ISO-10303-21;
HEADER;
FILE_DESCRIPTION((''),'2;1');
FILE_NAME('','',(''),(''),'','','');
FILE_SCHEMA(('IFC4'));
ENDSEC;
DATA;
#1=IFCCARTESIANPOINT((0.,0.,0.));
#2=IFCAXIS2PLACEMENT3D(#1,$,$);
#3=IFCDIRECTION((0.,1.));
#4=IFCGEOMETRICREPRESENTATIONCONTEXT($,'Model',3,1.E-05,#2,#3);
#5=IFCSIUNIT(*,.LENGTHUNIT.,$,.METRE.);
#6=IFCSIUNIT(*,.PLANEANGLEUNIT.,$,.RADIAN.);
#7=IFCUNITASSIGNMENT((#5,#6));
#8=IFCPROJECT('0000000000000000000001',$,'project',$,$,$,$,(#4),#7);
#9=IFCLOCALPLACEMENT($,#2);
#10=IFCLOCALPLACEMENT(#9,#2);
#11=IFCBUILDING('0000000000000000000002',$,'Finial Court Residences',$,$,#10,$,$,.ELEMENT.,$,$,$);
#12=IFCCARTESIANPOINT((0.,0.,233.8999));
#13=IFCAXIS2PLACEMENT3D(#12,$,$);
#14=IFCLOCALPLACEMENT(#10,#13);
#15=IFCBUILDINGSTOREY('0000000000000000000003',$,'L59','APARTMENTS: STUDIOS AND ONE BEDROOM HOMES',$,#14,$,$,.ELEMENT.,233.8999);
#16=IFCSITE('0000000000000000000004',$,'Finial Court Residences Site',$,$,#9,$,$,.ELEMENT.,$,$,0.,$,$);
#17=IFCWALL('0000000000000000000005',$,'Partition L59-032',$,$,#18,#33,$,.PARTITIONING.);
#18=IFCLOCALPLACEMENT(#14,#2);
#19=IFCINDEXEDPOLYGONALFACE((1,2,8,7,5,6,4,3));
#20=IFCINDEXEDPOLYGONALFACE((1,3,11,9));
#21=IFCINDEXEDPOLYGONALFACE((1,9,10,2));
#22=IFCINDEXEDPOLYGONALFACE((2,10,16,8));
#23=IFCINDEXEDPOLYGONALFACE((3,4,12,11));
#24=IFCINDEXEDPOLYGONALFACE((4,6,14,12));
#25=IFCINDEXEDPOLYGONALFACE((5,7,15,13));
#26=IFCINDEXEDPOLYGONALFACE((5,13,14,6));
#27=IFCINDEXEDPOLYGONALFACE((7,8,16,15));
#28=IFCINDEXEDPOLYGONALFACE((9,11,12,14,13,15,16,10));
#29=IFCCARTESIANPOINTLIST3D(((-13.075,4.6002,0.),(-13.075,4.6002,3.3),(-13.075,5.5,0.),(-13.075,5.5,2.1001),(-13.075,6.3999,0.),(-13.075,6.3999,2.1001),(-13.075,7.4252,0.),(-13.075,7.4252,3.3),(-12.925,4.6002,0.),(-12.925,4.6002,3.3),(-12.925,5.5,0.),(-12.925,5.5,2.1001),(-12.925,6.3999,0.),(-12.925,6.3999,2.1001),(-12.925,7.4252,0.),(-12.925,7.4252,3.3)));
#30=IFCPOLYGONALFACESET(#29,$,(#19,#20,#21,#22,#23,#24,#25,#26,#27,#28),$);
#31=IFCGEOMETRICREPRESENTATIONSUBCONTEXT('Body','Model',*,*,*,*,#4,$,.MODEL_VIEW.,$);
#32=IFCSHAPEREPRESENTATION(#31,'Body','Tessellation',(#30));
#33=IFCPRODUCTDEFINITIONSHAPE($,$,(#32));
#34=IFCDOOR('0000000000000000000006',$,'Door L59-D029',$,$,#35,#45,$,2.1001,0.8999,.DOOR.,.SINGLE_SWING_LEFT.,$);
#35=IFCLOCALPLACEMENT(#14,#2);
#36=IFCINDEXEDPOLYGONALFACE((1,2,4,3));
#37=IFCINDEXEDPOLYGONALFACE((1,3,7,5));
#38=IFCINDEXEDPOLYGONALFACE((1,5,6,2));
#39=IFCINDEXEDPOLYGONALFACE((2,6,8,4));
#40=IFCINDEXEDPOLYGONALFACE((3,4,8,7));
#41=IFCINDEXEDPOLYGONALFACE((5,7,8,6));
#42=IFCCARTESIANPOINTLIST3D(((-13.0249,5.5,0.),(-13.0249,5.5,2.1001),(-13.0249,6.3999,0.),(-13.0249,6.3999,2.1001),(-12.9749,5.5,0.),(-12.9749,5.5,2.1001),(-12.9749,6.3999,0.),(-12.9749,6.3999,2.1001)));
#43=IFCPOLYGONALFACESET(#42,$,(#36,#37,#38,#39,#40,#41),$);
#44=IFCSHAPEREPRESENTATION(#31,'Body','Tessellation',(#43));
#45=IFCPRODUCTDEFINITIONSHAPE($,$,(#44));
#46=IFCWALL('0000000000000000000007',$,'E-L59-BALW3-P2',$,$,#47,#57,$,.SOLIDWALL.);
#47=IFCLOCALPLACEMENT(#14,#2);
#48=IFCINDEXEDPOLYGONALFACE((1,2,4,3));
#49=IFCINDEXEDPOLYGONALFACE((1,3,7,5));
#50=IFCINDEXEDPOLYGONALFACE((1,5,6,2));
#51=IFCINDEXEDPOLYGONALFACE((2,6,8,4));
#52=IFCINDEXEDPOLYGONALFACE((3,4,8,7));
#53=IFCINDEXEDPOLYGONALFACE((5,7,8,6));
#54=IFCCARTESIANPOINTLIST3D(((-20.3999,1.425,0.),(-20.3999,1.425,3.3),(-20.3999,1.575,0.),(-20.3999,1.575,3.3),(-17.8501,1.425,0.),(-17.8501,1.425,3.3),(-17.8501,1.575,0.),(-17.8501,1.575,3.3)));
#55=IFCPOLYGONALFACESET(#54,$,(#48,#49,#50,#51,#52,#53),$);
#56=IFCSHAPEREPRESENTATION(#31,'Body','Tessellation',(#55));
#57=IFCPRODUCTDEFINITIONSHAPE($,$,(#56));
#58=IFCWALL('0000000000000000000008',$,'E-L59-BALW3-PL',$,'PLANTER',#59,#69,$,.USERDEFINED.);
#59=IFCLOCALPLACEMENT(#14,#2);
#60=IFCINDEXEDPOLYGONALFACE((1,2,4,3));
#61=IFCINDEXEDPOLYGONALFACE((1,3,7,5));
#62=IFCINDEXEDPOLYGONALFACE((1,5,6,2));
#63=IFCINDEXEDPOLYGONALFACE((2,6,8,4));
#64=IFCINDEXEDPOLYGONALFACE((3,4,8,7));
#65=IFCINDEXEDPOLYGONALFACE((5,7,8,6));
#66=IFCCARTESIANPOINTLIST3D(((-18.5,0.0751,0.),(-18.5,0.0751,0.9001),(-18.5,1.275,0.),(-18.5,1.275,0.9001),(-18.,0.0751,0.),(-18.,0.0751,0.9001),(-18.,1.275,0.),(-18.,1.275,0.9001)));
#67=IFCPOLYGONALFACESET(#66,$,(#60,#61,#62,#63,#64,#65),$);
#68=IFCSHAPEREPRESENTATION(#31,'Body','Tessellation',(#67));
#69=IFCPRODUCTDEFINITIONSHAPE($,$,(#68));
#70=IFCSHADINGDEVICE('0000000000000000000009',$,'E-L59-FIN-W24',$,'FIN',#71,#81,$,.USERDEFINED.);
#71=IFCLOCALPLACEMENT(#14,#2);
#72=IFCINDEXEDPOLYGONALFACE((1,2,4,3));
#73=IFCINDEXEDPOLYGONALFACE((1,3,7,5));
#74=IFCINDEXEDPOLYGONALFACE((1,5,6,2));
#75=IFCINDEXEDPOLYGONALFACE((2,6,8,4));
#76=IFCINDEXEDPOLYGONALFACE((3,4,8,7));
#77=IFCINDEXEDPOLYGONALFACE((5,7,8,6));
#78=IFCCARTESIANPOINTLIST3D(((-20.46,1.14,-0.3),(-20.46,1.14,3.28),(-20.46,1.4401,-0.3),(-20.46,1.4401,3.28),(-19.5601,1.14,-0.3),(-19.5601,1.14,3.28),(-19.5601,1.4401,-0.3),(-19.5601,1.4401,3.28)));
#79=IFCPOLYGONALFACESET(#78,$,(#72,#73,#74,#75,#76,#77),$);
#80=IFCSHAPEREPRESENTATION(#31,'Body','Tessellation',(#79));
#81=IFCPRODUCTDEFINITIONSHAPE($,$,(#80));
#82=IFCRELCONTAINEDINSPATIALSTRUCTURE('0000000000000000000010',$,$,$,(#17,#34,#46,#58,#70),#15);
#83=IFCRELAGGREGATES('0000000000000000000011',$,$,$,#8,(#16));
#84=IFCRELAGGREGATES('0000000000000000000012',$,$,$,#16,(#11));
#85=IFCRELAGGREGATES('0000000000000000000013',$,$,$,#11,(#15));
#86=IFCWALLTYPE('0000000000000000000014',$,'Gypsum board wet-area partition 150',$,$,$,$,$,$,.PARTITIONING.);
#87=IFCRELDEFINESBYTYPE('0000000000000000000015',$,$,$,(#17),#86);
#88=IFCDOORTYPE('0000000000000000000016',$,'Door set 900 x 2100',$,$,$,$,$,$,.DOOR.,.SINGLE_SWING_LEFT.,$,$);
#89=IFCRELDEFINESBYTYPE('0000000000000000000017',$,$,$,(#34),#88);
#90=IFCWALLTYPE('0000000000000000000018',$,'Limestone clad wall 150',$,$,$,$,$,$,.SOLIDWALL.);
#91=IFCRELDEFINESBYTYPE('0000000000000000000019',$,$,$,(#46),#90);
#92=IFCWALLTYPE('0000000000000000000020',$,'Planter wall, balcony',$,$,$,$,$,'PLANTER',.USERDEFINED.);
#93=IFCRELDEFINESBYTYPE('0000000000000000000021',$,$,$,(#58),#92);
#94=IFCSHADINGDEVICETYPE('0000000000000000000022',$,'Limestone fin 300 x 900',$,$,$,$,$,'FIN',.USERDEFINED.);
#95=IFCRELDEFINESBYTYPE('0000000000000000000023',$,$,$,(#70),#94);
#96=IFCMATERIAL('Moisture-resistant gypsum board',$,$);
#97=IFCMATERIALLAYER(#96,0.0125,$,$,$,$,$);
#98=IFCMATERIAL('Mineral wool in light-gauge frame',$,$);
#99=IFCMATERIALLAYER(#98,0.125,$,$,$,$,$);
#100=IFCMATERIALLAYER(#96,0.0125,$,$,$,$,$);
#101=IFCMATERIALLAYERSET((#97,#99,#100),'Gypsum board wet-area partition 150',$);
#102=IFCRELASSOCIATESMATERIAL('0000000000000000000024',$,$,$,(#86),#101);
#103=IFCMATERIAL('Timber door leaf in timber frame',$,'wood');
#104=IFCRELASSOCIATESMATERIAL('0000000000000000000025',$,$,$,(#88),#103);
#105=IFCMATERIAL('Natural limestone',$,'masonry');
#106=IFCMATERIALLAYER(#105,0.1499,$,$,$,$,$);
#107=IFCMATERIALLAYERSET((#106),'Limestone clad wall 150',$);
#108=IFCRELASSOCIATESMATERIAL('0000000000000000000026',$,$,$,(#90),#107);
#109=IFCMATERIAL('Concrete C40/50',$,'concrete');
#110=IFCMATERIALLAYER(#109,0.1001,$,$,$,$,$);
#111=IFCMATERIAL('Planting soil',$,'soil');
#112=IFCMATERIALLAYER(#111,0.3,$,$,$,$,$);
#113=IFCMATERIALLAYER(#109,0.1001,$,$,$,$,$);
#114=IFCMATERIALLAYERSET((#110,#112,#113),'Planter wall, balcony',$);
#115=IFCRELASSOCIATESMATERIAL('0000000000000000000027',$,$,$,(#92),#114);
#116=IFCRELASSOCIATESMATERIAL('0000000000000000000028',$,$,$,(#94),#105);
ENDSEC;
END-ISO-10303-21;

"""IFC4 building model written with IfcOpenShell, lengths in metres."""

from ifc_helpers import new_model, si_unit, direction, frame, frame_2d, origin, origin_2d, place, context, subcontext, project, spatial, rectangle, extrude, material, layer, layer_set, type_object, element, fill, save


model = new_model("IFC4")

# Units and contexts
model_context = context("Model", 3, precision=1e-05, world=origin(), true_north=direction((0.0, 1.0)))
body_context = subcontext(model_context, "Body", "Model", "MODEL_VIEW")
ifc_project = project(units=[si_unit("LENGTHUNIT", "METRE"), si_unit("PLANEANGLEUNIT", "RADIAN")], contexts=[model_context])

# Site, building, storey
site_placement = place(None, origin())
site = spatial("IfcSite", under=ifc_project, at=site_placement, Name="Finial Court Residences Site", CompositionType="ELEMENT", RefElevation=0.0)
building_placement = place(site_placement, origin())
building = spatial("IfcBuilding", under=site, at=building_placement, Name="Finial Court Residences", CompositionType="ELEMENT")
storey_placement = place(building_placement, frame((0.0, 0.0, 233.8999)))
storey = spatial("IfcBuildingStorey", under=building, at=storey_placement, Name="L59", Description="APARTMENTS: STUDIOS AND ONE BEDROOM HOMES", CompositionType="ELEMENT", Elevation=233.8999)

# Shared definitions
ifc_material_1 = material(Name="Moisture-resistant gypsum board")
ifc_layer_1 = layer(ifc_material_1, 0.0125)
ifc_material_2 = material(Name="Mineral wool in light-gauge frame")
ifc_layer_2 = layer(ifc_material_2, 0.125)
ifc_layer_3 = layer(ifc_material_1, 0.0125)
ifc_layer_set_1 = layer_set([ifc_layer_1, ifc_layer_2, ifc_layer_3], Name="Gypsum board wet-area partition 150")
wall_type_1 = type_object("IfcWallType", Name="Gypsum board wet-area partition 150", PredefinedType="PARTITIONING", material=ifc_layer_set_1)
ifc_material_3 = material(Name="Timber door leaf in timber frame", Category="wood")
door_type_1 = type_object("IfcDoorType", Name="Door set 900 x 2100", OperationType="SINGLE_SWING_LEFT", PredefinedType="DOOR", material=ifc_material_3)

# Wall, opening, door
wall_1_placement = place(storey_placement, frame((-13.0, 4.6001, 0.0), z_axis=(0.0, 0.0, 1.0), x_axis=(0.0, 1.0, 0.0)))
wall_1 = element("IfcWall", 1, at=wall_1_placement, inside=storey, type_object=wall_type_1, Name="Partition L59-032", PredefinedType="PARTITIONING", context=body_context, shape_type="SweptSolid", body=[
    extrude(rectangle(XDim=2.825, YDim=0.1499, at=frame_2d((1.4126, 0.0))), origin(), (0.0, 0.0, 1.0), 3.3),
])
opening_1_placement = place(wall_1_placement, frame((0.8999, 0.0, 0.0)))
opening_1 = element("IfcOpeningElement", 2, at=opening_1_placement, cuts=wall_1, PredefinedType="OPENING", context=body_context, shape_type="SweptSolid", body=[
    extrude(rectangle(XDim=0.8999, YDim=2.1001, at=frame_2d((0.45, 1.05))), frame((0.0, 0.085, 0.0), z_axis=(0.0, -1.0, 0.0), x_axis=(1.0, 0.0, 0.0)), (0.0, 0.0, 1.0), 0.1699),
])
door_1_placement = place(opening_1_placement, origin())
door_1 = element("IfcDoor", 3, at=door_1_placement, inside=storey, type_object=door_type_1, Name="Door L59-D029", OperationType="SINGLE_SWING_LEFT", OverallHeight=2.1001, OverallWidth=0.8999, PredefinedType="DOOR", context=body_context, shape_type="SweptSolid", body=[
    extrude(rectangle(XDim=0.8999, YDim=2.1001, at=frame_2d((0.45, 1.05))), frame((0.0, 0.0249, 0.0), z_axis=(0.0, -1.0, 0.0), x_axis=(1.0, 0.0, 0.0)), (0.0, 0.0, 1.0), 0.05),
])
fill(opening_1, door_1)

# Walls
ifc_material_4 = material(Name="Natural limestone", Category="masonry")
ifc_layer_4 = layer(ifc_material_4, 0.1499)
ifc_layer_set_2 = layer_set([ifc_layer_4], Name="Limestone clad wall 150")
wall_type_2 = type_object("IfcWallType", Name="Limestone clad wall 150", PredefinedType="SOLIDWALL", material=ifc_layer_set_2)
wall_2_placement = place(storey_placement, frame((-17.8501, 1.5, 0.0), z_axis=(0.0, 0.0, 1.0), x_axis=(-1.0, 0.0, 0.0)))
element("IfcWall", 4, at=wall_2_placement, inside=storey, type_object=wall_type_2, Name="E-L59-BALW3-P2", PredefinedType="SOLIDWALL", context=body_context, shape_type="SweptSolid", body=[
    extrude(rectangle(XDim=2.5498, YDim=0.1499, at=frame_2d((1.2749, 0.0))), origin(), (0.0, 0.0, 1.0), 3.3),
])
ifc_material_5 = material(Name="Concrete C40/50", Category="concrete")
ifc_layer_5 = layer(ifc_material_5, 0.1001)
ifc_material_6 = material(Name="Planting soil", Category="soil")
ifc_layer_6 = layer(ifc_material_6, 0.3)
ifc_layer_7 = layer(ifc_material_5, 0.1001)
ifc_layer_set_3 = layer_set([ifc_layer_5, ifc_layer_6, ifc_layer_7], Name="Planter wall, balcony")
wall_type_3 = type_object("IfcWallType", Name="Planter wall, balcony", ElementType="PLANTER", PredefinedType="USERDEFINED", material=ifc_layer_set_3)
wall_3_placement = place(storey_placement, frame((-18.25, 0.075, 0.0), z_axis=(0.0, 0.0, 1.0), x_axis=(0.0, 1.0, 0.0)))
element("IfcWall", 5, at=wall_3_placement, inside=storey, type_object=wall_type_3, Name="E-L59-BALW3-PL", ObjectType="PLANTER", PredefinedType="USERDEFINED", context=body_context, shape_type="SweptSolid", body=[
    extrude(rectangle(XDim=1.2, YDim=0.5, at=frame_2d((0.6001, 0.0))), origin(), (0.0, 0.0, 1.0), 0.9001),
])

# Shading device
shading_device_type = type_object("IfcShadingDeviceType", Name="Limestone fin 300 x 900", ElementType="FIN", PredefinedType="USERDEFINED", material=ifc_material_4)
shading_device_placement = place(storey_placement, frame((-20.01, 1.29, -0.3), z_axis=(0.0, 0.0, 1.0), x_axis=(1.0, 0.0, 0.0)))
element("IfcShadingDevice", 6, at=shading_device_placement, inside=storey, type_object=shading_device_type, Name="E-L59-FIN-W24", ObjectType="FIN", PredefinedType="USERDEFINED", context=body_context, shape_type="SweptSolid", body=[
    extrude(rectangle(XDim=0.8999, YDim=0.3, at=origin_2d()), origin(), (0.0, 0.0, 1.0), 3.5801),
])

save(model, "model.ifc")
